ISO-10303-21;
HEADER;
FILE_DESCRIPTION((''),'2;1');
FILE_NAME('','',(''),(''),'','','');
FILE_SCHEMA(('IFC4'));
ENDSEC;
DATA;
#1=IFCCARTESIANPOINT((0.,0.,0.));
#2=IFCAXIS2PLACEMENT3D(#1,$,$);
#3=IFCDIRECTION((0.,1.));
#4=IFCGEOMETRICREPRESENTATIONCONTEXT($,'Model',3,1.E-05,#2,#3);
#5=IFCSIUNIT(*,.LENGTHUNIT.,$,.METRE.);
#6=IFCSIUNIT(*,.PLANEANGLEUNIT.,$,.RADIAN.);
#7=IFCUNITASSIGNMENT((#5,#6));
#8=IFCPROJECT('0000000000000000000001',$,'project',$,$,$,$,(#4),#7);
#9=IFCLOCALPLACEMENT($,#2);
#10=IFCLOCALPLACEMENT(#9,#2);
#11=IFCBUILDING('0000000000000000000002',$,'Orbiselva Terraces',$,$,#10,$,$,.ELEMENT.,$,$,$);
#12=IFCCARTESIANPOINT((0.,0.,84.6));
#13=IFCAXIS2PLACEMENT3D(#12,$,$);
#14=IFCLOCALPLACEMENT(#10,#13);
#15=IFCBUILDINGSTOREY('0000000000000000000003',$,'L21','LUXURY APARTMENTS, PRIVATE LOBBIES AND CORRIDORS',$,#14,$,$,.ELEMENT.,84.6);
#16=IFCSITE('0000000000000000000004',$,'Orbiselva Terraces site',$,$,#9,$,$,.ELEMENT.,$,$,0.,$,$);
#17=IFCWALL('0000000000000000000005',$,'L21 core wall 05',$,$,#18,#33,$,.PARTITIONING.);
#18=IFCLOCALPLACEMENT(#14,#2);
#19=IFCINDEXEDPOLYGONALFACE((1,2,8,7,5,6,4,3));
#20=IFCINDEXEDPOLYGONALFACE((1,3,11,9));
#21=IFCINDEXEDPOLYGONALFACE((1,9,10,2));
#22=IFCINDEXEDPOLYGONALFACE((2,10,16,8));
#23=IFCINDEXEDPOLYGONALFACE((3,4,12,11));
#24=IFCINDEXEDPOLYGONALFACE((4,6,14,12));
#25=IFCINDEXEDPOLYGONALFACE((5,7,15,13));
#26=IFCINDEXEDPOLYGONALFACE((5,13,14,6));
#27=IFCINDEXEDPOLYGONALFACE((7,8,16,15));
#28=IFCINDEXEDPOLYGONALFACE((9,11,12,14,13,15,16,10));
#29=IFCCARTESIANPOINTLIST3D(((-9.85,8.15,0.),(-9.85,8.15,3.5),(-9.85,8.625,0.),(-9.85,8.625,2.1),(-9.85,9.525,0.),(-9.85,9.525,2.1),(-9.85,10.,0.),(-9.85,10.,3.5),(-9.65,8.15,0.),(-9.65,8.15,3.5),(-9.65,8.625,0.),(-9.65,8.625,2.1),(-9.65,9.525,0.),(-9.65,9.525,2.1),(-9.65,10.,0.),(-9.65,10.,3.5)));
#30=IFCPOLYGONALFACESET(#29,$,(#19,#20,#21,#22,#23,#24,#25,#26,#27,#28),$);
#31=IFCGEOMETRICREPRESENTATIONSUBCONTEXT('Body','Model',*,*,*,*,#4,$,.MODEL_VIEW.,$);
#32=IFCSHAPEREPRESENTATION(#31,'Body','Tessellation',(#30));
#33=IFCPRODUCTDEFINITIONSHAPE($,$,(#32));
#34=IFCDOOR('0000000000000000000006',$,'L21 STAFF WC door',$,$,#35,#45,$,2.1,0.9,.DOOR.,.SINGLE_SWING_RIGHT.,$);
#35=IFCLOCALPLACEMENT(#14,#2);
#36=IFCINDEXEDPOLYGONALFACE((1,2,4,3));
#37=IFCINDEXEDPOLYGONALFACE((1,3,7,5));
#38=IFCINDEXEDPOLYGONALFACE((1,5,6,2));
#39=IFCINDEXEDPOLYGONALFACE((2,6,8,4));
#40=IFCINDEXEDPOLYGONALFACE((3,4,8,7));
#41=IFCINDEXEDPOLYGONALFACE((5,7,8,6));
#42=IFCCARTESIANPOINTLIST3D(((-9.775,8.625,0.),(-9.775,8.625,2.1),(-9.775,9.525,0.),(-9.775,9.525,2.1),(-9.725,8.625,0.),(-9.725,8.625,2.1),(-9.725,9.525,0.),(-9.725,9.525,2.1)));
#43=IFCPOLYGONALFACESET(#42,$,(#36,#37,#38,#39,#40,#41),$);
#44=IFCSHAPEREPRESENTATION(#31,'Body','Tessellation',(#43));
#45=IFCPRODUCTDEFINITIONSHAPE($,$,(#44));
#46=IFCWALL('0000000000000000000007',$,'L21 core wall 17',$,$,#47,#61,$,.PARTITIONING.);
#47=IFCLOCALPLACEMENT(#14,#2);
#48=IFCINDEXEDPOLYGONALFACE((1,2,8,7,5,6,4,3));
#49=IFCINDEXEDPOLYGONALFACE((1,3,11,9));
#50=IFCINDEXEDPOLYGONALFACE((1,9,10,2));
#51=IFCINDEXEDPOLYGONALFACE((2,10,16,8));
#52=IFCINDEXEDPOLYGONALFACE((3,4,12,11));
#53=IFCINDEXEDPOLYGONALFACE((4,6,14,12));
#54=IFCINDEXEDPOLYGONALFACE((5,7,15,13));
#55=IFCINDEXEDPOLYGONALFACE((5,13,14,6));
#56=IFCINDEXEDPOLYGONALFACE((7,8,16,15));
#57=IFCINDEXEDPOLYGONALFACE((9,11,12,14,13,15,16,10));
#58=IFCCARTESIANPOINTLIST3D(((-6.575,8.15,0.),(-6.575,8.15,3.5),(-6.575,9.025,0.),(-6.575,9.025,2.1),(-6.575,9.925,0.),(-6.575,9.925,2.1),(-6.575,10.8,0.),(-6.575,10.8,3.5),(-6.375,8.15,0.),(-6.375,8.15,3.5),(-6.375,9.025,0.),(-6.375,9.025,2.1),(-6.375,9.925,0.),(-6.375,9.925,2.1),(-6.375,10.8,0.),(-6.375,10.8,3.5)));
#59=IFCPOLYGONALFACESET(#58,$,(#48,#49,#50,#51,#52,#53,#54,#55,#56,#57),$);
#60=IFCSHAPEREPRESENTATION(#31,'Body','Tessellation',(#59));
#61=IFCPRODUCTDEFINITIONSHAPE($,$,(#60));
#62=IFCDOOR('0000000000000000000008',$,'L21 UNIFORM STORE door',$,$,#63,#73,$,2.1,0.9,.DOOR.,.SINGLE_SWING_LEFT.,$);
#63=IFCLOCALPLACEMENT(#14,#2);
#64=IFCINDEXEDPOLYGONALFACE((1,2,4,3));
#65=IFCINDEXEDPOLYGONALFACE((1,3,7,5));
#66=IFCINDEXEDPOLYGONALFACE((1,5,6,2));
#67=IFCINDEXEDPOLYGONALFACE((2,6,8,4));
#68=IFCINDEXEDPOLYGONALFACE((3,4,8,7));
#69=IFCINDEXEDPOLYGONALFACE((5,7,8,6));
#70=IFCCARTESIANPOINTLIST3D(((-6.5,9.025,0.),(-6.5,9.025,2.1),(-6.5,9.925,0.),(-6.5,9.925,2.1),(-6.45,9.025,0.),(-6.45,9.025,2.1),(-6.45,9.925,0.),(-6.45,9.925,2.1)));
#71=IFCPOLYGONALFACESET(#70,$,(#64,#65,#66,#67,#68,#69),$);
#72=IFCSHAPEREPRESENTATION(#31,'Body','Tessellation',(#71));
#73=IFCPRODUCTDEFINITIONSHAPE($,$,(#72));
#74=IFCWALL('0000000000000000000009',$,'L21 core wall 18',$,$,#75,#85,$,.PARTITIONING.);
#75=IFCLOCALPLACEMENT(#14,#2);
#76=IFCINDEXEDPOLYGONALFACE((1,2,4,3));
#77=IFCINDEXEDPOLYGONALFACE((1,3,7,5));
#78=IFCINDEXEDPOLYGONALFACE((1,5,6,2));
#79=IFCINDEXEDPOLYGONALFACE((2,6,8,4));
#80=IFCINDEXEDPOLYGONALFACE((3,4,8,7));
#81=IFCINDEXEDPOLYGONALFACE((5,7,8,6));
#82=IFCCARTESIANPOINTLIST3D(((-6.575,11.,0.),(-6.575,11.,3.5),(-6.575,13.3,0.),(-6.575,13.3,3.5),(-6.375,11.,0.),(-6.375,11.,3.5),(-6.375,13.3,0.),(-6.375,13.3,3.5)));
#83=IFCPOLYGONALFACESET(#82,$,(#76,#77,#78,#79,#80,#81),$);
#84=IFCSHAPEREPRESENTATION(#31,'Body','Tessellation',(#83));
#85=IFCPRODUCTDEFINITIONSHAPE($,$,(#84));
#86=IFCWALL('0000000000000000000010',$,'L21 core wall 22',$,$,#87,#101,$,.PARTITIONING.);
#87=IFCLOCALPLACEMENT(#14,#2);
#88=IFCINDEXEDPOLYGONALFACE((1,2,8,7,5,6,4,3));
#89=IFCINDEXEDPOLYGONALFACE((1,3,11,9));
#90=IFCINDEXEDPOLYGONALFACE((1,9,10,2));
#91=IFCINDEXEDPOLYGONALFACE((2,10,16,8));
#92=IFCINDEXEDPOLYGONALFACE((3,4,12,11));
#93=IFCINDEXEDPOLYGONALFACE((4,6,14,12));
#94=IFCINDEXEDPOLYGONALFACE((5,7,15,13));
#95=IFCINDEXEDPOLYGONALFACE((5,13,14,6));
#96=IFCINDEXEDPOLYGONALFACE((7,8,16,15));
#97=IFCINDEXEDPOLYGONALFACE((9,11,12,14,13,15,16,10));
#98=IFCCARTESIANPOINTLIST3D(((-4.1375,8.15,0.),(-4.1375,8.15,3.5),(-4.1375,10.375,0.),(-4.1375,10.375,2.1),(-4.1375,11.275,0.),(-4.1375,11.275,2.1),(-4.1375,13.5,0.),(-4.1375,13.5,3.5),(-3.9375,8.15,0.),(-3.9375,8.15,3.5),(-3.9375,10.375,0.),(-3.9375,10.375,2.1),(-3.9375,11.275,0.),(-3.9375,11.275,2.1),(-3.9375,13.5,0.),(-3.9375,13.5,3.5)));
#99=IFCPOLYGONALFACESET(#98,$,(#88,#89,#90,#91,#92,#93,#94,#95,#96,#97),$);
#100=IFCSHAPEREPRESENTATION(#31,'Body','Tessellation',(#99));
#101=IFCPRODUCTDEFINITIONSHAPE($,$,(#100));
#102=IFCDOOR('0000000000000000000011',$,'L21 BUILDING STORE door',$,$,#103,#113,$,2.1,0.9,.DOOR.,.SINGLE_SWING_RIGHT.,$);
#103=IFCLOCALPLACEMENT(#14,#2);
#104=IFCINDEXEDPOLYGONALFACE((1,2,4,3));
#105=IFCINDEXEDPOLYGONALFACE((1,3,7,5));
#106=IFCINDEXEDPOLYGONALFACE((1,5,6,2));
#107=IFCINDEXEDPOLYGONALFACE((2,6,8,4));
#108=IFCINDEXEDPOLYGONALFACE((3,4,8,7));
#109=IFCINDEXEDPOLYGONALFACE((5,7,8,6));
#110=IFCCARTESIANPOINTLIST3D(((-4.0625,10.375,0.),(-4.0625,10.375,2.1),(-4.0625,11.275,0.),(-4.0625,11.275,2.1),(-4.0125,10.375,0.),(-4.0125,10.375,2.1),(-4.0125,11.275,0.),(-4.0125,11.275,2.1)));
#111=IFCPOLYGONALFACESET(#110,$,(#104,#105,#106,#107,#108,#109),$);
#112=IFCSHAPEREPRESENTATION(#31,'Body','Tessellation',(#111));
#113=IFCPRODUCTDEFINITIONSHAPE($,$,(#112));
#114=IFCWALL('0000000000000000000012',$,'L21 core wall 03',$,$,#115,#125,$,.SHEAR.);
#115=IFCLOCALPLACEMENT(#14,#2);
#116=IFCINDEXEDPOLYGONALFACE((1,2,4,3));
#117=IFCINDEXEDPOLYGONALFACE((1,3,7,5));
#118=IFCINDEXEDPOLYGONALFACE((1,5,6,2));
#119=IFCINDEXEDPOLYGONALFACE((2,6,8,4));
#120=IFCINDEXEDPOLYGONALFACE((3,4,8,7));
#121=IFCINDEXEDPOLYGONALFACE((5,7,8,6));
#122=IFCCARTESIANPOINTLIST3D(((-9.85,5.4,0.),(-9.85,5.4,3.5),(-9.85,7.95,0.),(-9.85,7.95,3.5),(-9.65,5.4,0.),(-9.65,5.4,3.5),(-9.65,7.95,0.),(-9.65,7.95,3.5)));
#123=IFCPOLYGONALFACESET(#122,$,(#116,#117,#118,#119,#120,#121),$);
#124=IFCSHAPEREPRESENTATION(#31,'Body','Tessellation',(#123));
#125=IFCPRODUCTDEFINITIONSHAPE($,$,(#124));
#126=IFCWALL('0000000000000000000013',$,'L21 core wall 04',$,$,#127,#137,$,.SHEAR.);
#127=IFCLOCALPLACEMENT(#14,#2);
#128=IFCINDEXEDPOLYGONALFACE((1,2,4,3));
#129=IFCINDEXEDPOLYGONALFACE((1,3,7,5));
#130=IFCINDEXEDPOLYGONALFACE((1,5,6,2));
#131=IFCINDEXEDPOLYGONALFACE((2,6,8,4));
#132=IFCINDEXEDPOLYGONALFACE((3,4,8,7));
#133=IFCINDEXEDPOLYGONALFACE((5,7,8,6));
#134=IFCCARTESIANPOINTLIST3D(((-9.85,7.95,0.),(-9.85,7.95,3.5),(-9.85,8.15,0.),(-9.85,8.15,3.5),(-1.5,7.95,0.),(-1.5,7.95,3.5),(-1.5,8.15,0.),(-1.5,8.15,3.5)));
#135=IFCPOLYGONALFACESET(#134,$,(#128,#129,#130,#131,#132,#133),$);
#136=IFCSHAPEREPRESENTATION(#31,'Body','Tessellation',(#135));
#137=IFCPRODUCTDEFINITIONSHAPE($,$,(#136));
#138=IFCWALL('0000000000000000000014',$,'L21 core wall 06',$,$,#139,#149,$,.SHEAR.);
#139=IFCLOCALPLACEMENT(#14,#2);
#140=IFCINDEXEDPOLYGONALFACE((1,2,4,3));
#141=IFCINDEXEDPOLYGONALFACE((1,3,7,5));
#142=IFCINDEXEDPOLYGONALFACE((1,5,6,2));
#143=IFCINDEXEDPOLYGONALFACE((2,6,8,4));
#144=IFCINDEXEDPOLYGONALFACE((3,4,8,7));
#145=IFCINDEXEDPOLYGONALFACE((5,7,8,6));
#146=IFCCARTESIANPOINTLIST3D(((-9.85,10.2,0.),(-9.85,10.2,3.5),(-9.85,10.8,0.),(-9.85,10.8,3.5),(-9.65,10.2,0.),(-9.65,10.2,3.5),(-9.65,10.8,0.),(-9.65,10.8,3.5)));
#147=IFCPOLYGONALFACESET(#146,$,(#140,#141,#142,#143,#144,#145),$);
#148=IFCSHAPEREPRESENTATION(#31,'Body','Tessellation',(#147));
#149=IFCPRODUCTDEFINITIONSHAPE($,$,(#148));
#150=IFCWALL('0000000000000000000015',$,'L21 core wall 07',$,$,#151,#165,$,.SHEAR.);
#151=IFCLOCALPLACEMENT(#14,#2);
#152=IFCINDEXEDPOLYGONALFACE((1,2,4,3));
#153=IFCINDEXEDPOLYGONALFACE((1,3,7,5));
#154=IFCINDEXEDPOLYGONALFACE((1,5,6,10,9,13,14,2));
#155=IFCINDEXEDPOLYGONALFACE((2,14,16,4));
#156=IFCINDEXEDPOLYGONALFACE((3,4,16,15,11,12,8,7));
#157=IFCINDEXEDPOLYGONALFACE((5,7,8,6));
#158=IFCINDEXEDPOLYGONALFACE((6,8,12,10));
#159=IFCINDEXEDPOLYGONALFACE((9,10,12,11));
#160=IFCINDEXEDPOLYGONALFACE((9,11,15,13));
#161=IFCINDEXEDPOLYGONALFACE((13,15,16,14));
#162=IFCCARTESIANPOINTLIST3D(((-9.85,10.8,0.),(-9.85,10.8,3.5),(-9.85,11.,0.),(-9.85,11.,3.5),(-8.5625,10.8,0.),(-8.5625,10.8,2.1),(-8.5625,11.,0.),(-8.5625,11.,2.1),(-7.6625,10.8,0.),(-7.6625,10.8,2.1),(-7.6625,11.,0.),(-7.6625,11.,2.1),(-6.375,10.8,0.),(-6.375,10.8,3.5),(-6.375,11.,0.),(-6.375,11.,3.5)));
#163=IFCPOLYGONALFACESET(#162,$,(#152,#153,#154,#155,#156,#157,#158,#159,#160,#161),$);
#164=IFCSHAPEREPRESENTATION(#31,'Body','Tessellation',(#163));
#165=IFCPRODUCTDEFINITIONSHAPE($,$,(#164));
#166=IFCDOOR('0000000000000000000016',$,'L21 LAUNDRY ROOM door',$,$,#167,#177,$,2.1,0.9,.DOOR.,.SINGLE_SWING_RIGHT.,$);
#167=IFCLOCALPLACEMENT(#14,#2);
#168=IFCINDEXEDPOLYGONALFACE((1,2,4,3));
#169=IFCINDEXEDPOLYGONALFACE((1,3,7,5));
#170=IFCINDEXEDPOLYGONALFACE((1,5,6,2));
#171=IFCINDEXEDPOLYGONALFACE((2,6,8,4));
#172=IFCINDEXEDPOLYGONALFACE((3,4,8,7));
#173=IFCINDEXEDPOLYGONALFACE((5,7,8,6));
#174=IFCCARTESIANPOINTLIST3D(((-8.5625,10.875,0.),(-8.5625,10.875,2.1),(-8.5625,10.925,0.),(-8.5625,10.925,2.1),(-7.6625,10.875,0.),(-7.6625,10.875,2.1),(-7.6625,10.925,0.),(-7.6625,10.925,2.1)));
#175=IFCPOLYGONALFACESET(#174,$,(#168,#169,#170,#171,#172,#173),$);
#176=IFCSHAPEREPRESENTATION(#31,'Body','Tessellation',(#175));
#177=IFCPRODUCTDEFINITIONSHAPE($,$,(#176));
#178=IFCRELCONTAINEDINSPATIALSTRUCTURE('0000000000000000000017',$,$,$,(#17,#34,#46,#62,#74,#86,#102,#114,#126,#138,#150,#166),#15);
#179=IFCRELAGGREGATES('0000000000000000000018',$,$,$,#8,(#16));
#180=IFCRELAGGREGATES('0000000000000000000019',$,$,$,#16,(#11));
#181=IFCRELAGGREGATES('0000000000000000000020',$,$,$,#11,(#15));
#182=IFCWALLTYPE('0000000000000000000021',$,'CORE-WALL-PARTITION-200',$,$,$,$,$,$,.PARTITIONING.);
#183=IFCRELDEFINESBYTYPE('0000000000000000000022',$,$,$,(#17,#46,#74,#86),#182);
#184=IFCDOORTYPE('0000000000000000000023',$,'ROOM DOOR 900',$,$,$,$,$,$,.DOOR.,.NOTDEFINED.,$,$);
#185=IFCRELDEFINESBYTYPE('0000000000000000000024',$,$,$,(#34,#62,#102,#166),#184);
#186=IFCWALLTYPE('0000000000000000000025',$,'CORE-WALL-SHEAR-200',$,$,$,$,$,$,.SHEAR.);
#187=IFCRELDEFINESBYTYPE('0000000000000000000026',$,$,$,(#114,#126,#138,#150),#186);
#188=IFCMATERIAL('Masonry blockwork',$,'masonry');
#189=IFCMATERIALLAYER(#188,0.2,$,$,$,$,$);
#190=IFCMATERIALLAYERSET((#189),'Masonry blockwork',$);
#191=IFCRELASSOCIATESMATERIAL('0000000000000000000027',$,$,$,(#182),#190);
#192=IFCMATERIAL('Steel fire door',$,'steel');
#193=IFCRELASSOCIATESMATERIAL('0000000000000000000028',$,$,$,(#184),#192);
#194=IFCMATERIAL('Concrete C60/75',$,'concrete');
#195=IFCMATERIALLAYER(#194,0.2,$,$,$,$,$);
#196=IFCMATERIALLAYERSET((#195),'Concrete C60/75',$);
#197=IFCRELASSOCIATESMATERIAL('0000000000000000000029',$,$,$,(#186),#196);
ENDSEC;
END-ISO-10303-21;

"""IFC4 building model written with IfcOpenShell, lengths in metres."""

from ifc_helpers import new_model, si_unit, direction, frame, frame_2d, origin, place, context, subcontext, project, spatial, rectangle, extrude, material, layer, layer_set, type_object, element, fill, save


model = new_model("IFC4")

# Units and contexts
model_context = context("Model", 3, precision=1e-05, world=origin(), true_north=direction((0.0, 1.0)))
body_context = subcontext(model_context, "Body", "Model", "MODEL_VIEW")
ifc_project = project(units=[si_unit("LENGTHUNIT", "METRE"), si_unit("PLANEANGLEUNIT", "RADIAN")], contexts=[model_context])

# Site, building, storey
site_placement = place(None, origin())
site = spatial("IfcSite", under=ifc_project, at=site_placement, Name="Orbiselva Terraces site", CompositionType="ELEMENT", RefElevation=0.0)
building_placement = place(site_placement, origin())
building = spatial("IfcBuilding", under=site, at=building_placement, Name="Orbiselva Terraces", CompositionType="ELEMENT")
storey_placement = place(building_placement, frame((0.0, 0.0, 84.6)))
storey = spatial("IfcBuildingStorey", under=building, at=storey_placement, Name="L21", Description="LUXURY APARTMENTS, PRIVATE LOBBIES AND CORRIDORS", CompositionType="ELEMENT", Elevation=84.6)

# Walls, openings, doors
ifc_material_1 = material(Name="Masonry blockwork", Category="masonry")
ifc_layer_1 = layer(ifc_material_1, 0.2)
ifc_layer_set_1 = layer_set([ifc_layer_1], Name="Masonry blockwork")
wall_type_1 = type_object("IfcWallType", Name="CORE-WALL-PARTITION-200", PredefinedType="PARTITIONING", material=ifc_layer_set_1)
wall_1_placement = place(storey_placement, frame((-9.75, 8.15, 0.0), z_axis=(0.0, 0.0, 1.0), x_axis=(0.0, 1.0, 0.0)))
wall_1 = element("IfcWall", 1, at=wall_1_placement, inside=storey, type_object=wall_type_1, Name="L21 core wall 05", PredefinedType="PARTITIONING", context=body_context, shape_type="SweptSolid", body=[
    extrude(rectangle(XDim=1.85, YDim=0.2, at=frame_2d((0.925, 0.0))), origin(), (0.0, 0.0, 1.0), 3.5),
])
opening_1_placement = place(wall_1_placement, frame((0.475, 0.0, 0.0)))
opening_1 = element("IfcOpeningElement", 2, at=opening_1_placement, cuts=wall_1, PredefinedType="OPENING", context=body_context, shape_type="SweptSolid", body=[
    extrude(rectangle(XDim=0.9, YDim=2.1, at=frame_2d((0.45, 1.05))), frame((0.0, 0.11, 0.0), z_axis=(0.0, -1.0, 0.0), x_axis=(1.0, 0.0, 0.0)), (0.0, 0.0, 1.0), 0.22),
])
ifc_material_2 = material(Name="Steel fire door", Category="steel")
door_type = type_object("IfcDoorType", Name="ROOM DOOR 900", OperationType="NOTDEFINED", PredefinedType="DOOR", material=ifc_material_2)
door_1_placement = place(opening_1_placement, origin())
door_1 = element("IfcDoor", 3, at=door_1_placement, inside=storey, type_object=door_type, Name="L21 STAFF WC door", OperationType="SINGLE_SWING_RIGHT", OverallHeight=2.1, OverallWidth=0.9, PredefinedType="DOOR", context=body_context, shape_type="SweptSolid", body=[
    extrude(rectangle(XDim=0.9, YDim=2.1, at=frame_2d((0.45, 1.05))), frame((0.0, 0.025, 0.0), z_axis=(0.0, -1.0, 0.0), x_axis=(1.0, 0.0, 0.0)), (0.0, 0.0, 1.0), 0.05),
])
fill(opening_1, door_1)
wall_2_placement = place(storey_placement, frame((-6.475, 8.15, 0.0), z_axis=(0.0, 0.0, 1.0), x_axis=(0.0, 1.0, 0.0)))
wall_2 = element("IfcWall", 4, at=wall_2_placement, inside=storey, type_object=wall_type_1, Name="L21 core wall 17", PredefinedType="PARTITIONING", context=body_context, shape_type="SweptSolid", body=[
    extrude(rectangle(XDim=2.65, YDim=0.2, at=frame_2d((1.325, 0.0))), origin(), (0.0, 0.0, 1.0), 3.5),
])
opening_2_placement = place(wall_2_placement, frame((0.875, 0.0, 0.0)))
opening_2 = element("IfcOpeningElement", 5, at=opening_2_placement, cuts=wall_2, PredefinedType="OPENING", context=body_context, shape_type="SweptSolid", body=[
    extrude(rectangle(XDim=0.9, YDim=2.1, at=frame_2d((0.45, 1.05))), frame((0.0, 0.11, 0.0), z_axis=(0.0, -1.0, 0.0), x_axis=(1.0, 0.0, 0.0)), (0.0, 0.0, 1.0), 0.22),
])
door_2_placement = place(opening_2_placement, origin())
door_2 = element("IfcDoor", 6, at=door_2_placement, inside=storey, type_object=door_type, Name="L21 UNIFORM STORE door", OperationType="SINGLE_SWING_LEFT", OverallHeight=2.1, OverallWidth=0.9, PredefinedType="DOOR", context=body_context, shape_type="SweptSolid", body=[
    extrude(rectangle(XDim=0.9, YDim=2.1, at=frame_2d((0.45, 1.05))), frame((0.0, 0.025, 0.0), z_axis=(0.0, -1.0, 0.0), x_axis=(1.0, 0.0, 0.0)), (0.0, 0.0, 1.0), 0.05),
])
fill(opening_2, door_2)

# Wall
wall_3_placement = place(storey_placement, frame((-6.475, 11.0, 0.0), z_axis=(0.0, 0.0, 1.0), x_axis=(0.0, 1.0, 0.0)))
element("IfcWall", 7, at=wall_3_placement, inside=storey, type_object=wall_type_1, Name="L21 core wall 18", PredefinedType="PARTITIONING", context=body_context, shape_type="SweptSolid", body=[
    extrude(rectangle(XDim=2.3, YDim=0.2, at=frame_2d((1.15, 0.0))), origin(), (0.0, 0.0, 1.0), 3.5),
])

# Wall, opening, door
wall_4_placement = place(storey_placement, frame((-4.0375, 8.15, 0.0), z_axis=(0.0, 0.0, 1.0), x_axis=(0.0, 1.0, 0.0)))
wall_4 = element("IfcWall", 8, at=wall_4_placement, inside=storey, type_object=wall_type_1, Name="L21 core wall 22", PredefinedType="PARTITIONING", context=body_context, shape_type="SweptSolid", body=[
    extrude(rectangle(XDim=5.35, YDim=0.2, at=frame_2d((2.675, 0.0))), origin(), (0.0, 0.0, 1.0), 3.5),
])
opening_3_placement = place(wall_4_placement, frame((2.225, 0.0, 0.0)))
opening_3 = element("IfcOpeningElement", 9, at=opening_3_placement, cuts=wall_4, PredefinedType="OPENING", context=body_context, shape_type="SweptSolid", body=[
    extrude(rectangle(XDim=0.9, YDim=2.1, at=frame_2d((0.45, 1.05))), frame((0.0, 0.11, 0.0), z_axis=(0.0, -1.0, 0.0), x_axis=(1.0, 0.0, 0.0)), (0.0, 0.0, 1.0), 0.22),
])
door_3_placement = place(opening_3_placement, origin())
door_3 = element("IfcDoor", 10, at=door_3_placement, inside=storey, type_object=door_type, Name="L21 BUILDING STORE door", OperationType="SINGLE_SWING_RIGHT", OverallHeight=2.1, OverallWidth=0.9, PredefinedType="DOOR", context=body_context, shape_type="SweptSolid", body=[
    extrude(rectangle(XDim=0.9, YDim=2.1, at=frame_2d((0.45, 1.05))), frame((0.0, 0.025, 0.0), z_axis=(0.0, -1.0, 0.0), x_axis=(1.0, 0.0, 0.0)), (0.0, 0.0, 1.0), 0.05),
])
fill(opening_3, door_3)

# Walls
ifc_material_3 = material(Name="Concrete C60/75", Category="concrete")
ifc_layer_2 = layer(ifc_material_3, 0.2)
ifc_layer_set_2 = layer_set([ifc_layer_2], Name="Concrete C60/75")
wall_type_2 = type_object("IfcWallType", Name="CORE-WALL-SHEAR-200", PredefinedType="SHEAR", material=ifc_layer_set_2)
wall_5_placement = place(storey_placement, frame((-9.75, 5.4, 0.0), z_axis=(0.0, 0.0, 1.0), x_axis=(0.0, 1.0, 0.0)))
element("IfcWall", 11, at=wall_5_placement, inside=storey, type_object=wall_type_2, Name="L21 core wall 03", PredefinedType="SHEAR", context=body_context, shape_type="SweptSolid", body=[
    extrude(rectangle(XDim=2.55, YDim=0.2, at=frame_2d((1.275, 0.0))), origin(), (0.0, 0.0, 1.0), 3.5),
])
wall_6_placement = place(storey_placement, frame((-9.85, 8.05, 0.0), z_axis=(0.0, 0.0, 1.0), x_axis=(1.0, 0.0, 0.0)))
element("IfcWall", 12, at=wall_6_placement, inside=storey, type_object=wall_type_2, Name="L21 core wall 04", PredefinedType="SHEAR", context=body_context, shape_type="SweptSolid", body=[
    extrude(rectangle(XDim=8.35, YDim=0.2, at=frame_2d((4.175, 0.0))), origin(), (0.0, 0.0, 1.0), 3.5),
])
wall_7_placement = place(storey_placement, frame((-9.75, 10.2, 0.0), z_axis=(0.0, 0.0, 1.0), x_axis=(0.0, 1.0, 0.0)))
element("IfcWall", 13, at=wall_7_placement, inside=storey, type_object=wall_type_2, Name="L21 core wall 06", PredefinedType="SHEAR", context=body_context, shape_type="SweptSolid", body=[
    extrude(rectangle(XDim=0.6, YDim=0.2, at=frame_2d((0.3, 0.0))), origin(), (0.0, 0.0, 1.0), 3.5),
])

# Wall, opening, door
wall_8_placement = place(storey_placement, frame((-9.85, 10.9, 0.0), z_axis=(0.0, 0.0, 1.0), x_axis=(1.0, 0.0, 0.0)))
wall_8 = element("IfcWall", 14, at=wall_8_placement, inside=storey, type_object=wall_type_2, Name="L21 core wall 07", PredefinedType="SHEAR", context=body_context, shape_type="SweptSolid", body=[
    extrude(rectangle(XDim=3.475, YDim=0.2, at=frame_2d((1.7375, 0.0))), origin(), (0.0, 0.0, 1.0), 3.5),
])
opening_4_placement = place(wall_8_placement, frame((1.2875, 0.0, 0.0)))
opening_4 = element("IfcOpeningElement", 15, at=opening_4_placement, cuts=wall_8, PredefinedType="OPENING", context=body_context, shape_type="SweptSolid", body=[
    extrude(rectangle(XDim=0.9, YDim=2.1, at=frame_2d((0.45, 1.05))), frame((0.0, 0.11, 0.0), z_axis=(0.0, -1.0, 0.0), x_axis=(1.0, 0.0, 0.0)), (0.0, 0.0, 1.0), 0.22),
])
door_4_placement = place(opening_4_placement, origin())
door_4 = element("IfcDoor", 16, at=door_4_placement, inside=storey, type_object=door_type, Name="L21 LAUNDRY ROOM door", OperationType="SINGLE_SWING_RIGHT", OverallHeight=2.1, OverallWidth=0.9, PredefinedType="DOOR", context=body_context, shape_type="SweptSolid", body=[
    extrude(rectangle(XDim=0.9, YDim=2.1, at=frame_2d((0.45, 1.05))), frame((0.0, 0.025, 0.0), z_axis=(0.0, -1.0, 0.0), x_axis=(1.0, 0.0, 0.0)), (0.0, 0.0, 1.0), 0.05),
])
fill(opening_4, door_4)

save(model, "model.ifc")
